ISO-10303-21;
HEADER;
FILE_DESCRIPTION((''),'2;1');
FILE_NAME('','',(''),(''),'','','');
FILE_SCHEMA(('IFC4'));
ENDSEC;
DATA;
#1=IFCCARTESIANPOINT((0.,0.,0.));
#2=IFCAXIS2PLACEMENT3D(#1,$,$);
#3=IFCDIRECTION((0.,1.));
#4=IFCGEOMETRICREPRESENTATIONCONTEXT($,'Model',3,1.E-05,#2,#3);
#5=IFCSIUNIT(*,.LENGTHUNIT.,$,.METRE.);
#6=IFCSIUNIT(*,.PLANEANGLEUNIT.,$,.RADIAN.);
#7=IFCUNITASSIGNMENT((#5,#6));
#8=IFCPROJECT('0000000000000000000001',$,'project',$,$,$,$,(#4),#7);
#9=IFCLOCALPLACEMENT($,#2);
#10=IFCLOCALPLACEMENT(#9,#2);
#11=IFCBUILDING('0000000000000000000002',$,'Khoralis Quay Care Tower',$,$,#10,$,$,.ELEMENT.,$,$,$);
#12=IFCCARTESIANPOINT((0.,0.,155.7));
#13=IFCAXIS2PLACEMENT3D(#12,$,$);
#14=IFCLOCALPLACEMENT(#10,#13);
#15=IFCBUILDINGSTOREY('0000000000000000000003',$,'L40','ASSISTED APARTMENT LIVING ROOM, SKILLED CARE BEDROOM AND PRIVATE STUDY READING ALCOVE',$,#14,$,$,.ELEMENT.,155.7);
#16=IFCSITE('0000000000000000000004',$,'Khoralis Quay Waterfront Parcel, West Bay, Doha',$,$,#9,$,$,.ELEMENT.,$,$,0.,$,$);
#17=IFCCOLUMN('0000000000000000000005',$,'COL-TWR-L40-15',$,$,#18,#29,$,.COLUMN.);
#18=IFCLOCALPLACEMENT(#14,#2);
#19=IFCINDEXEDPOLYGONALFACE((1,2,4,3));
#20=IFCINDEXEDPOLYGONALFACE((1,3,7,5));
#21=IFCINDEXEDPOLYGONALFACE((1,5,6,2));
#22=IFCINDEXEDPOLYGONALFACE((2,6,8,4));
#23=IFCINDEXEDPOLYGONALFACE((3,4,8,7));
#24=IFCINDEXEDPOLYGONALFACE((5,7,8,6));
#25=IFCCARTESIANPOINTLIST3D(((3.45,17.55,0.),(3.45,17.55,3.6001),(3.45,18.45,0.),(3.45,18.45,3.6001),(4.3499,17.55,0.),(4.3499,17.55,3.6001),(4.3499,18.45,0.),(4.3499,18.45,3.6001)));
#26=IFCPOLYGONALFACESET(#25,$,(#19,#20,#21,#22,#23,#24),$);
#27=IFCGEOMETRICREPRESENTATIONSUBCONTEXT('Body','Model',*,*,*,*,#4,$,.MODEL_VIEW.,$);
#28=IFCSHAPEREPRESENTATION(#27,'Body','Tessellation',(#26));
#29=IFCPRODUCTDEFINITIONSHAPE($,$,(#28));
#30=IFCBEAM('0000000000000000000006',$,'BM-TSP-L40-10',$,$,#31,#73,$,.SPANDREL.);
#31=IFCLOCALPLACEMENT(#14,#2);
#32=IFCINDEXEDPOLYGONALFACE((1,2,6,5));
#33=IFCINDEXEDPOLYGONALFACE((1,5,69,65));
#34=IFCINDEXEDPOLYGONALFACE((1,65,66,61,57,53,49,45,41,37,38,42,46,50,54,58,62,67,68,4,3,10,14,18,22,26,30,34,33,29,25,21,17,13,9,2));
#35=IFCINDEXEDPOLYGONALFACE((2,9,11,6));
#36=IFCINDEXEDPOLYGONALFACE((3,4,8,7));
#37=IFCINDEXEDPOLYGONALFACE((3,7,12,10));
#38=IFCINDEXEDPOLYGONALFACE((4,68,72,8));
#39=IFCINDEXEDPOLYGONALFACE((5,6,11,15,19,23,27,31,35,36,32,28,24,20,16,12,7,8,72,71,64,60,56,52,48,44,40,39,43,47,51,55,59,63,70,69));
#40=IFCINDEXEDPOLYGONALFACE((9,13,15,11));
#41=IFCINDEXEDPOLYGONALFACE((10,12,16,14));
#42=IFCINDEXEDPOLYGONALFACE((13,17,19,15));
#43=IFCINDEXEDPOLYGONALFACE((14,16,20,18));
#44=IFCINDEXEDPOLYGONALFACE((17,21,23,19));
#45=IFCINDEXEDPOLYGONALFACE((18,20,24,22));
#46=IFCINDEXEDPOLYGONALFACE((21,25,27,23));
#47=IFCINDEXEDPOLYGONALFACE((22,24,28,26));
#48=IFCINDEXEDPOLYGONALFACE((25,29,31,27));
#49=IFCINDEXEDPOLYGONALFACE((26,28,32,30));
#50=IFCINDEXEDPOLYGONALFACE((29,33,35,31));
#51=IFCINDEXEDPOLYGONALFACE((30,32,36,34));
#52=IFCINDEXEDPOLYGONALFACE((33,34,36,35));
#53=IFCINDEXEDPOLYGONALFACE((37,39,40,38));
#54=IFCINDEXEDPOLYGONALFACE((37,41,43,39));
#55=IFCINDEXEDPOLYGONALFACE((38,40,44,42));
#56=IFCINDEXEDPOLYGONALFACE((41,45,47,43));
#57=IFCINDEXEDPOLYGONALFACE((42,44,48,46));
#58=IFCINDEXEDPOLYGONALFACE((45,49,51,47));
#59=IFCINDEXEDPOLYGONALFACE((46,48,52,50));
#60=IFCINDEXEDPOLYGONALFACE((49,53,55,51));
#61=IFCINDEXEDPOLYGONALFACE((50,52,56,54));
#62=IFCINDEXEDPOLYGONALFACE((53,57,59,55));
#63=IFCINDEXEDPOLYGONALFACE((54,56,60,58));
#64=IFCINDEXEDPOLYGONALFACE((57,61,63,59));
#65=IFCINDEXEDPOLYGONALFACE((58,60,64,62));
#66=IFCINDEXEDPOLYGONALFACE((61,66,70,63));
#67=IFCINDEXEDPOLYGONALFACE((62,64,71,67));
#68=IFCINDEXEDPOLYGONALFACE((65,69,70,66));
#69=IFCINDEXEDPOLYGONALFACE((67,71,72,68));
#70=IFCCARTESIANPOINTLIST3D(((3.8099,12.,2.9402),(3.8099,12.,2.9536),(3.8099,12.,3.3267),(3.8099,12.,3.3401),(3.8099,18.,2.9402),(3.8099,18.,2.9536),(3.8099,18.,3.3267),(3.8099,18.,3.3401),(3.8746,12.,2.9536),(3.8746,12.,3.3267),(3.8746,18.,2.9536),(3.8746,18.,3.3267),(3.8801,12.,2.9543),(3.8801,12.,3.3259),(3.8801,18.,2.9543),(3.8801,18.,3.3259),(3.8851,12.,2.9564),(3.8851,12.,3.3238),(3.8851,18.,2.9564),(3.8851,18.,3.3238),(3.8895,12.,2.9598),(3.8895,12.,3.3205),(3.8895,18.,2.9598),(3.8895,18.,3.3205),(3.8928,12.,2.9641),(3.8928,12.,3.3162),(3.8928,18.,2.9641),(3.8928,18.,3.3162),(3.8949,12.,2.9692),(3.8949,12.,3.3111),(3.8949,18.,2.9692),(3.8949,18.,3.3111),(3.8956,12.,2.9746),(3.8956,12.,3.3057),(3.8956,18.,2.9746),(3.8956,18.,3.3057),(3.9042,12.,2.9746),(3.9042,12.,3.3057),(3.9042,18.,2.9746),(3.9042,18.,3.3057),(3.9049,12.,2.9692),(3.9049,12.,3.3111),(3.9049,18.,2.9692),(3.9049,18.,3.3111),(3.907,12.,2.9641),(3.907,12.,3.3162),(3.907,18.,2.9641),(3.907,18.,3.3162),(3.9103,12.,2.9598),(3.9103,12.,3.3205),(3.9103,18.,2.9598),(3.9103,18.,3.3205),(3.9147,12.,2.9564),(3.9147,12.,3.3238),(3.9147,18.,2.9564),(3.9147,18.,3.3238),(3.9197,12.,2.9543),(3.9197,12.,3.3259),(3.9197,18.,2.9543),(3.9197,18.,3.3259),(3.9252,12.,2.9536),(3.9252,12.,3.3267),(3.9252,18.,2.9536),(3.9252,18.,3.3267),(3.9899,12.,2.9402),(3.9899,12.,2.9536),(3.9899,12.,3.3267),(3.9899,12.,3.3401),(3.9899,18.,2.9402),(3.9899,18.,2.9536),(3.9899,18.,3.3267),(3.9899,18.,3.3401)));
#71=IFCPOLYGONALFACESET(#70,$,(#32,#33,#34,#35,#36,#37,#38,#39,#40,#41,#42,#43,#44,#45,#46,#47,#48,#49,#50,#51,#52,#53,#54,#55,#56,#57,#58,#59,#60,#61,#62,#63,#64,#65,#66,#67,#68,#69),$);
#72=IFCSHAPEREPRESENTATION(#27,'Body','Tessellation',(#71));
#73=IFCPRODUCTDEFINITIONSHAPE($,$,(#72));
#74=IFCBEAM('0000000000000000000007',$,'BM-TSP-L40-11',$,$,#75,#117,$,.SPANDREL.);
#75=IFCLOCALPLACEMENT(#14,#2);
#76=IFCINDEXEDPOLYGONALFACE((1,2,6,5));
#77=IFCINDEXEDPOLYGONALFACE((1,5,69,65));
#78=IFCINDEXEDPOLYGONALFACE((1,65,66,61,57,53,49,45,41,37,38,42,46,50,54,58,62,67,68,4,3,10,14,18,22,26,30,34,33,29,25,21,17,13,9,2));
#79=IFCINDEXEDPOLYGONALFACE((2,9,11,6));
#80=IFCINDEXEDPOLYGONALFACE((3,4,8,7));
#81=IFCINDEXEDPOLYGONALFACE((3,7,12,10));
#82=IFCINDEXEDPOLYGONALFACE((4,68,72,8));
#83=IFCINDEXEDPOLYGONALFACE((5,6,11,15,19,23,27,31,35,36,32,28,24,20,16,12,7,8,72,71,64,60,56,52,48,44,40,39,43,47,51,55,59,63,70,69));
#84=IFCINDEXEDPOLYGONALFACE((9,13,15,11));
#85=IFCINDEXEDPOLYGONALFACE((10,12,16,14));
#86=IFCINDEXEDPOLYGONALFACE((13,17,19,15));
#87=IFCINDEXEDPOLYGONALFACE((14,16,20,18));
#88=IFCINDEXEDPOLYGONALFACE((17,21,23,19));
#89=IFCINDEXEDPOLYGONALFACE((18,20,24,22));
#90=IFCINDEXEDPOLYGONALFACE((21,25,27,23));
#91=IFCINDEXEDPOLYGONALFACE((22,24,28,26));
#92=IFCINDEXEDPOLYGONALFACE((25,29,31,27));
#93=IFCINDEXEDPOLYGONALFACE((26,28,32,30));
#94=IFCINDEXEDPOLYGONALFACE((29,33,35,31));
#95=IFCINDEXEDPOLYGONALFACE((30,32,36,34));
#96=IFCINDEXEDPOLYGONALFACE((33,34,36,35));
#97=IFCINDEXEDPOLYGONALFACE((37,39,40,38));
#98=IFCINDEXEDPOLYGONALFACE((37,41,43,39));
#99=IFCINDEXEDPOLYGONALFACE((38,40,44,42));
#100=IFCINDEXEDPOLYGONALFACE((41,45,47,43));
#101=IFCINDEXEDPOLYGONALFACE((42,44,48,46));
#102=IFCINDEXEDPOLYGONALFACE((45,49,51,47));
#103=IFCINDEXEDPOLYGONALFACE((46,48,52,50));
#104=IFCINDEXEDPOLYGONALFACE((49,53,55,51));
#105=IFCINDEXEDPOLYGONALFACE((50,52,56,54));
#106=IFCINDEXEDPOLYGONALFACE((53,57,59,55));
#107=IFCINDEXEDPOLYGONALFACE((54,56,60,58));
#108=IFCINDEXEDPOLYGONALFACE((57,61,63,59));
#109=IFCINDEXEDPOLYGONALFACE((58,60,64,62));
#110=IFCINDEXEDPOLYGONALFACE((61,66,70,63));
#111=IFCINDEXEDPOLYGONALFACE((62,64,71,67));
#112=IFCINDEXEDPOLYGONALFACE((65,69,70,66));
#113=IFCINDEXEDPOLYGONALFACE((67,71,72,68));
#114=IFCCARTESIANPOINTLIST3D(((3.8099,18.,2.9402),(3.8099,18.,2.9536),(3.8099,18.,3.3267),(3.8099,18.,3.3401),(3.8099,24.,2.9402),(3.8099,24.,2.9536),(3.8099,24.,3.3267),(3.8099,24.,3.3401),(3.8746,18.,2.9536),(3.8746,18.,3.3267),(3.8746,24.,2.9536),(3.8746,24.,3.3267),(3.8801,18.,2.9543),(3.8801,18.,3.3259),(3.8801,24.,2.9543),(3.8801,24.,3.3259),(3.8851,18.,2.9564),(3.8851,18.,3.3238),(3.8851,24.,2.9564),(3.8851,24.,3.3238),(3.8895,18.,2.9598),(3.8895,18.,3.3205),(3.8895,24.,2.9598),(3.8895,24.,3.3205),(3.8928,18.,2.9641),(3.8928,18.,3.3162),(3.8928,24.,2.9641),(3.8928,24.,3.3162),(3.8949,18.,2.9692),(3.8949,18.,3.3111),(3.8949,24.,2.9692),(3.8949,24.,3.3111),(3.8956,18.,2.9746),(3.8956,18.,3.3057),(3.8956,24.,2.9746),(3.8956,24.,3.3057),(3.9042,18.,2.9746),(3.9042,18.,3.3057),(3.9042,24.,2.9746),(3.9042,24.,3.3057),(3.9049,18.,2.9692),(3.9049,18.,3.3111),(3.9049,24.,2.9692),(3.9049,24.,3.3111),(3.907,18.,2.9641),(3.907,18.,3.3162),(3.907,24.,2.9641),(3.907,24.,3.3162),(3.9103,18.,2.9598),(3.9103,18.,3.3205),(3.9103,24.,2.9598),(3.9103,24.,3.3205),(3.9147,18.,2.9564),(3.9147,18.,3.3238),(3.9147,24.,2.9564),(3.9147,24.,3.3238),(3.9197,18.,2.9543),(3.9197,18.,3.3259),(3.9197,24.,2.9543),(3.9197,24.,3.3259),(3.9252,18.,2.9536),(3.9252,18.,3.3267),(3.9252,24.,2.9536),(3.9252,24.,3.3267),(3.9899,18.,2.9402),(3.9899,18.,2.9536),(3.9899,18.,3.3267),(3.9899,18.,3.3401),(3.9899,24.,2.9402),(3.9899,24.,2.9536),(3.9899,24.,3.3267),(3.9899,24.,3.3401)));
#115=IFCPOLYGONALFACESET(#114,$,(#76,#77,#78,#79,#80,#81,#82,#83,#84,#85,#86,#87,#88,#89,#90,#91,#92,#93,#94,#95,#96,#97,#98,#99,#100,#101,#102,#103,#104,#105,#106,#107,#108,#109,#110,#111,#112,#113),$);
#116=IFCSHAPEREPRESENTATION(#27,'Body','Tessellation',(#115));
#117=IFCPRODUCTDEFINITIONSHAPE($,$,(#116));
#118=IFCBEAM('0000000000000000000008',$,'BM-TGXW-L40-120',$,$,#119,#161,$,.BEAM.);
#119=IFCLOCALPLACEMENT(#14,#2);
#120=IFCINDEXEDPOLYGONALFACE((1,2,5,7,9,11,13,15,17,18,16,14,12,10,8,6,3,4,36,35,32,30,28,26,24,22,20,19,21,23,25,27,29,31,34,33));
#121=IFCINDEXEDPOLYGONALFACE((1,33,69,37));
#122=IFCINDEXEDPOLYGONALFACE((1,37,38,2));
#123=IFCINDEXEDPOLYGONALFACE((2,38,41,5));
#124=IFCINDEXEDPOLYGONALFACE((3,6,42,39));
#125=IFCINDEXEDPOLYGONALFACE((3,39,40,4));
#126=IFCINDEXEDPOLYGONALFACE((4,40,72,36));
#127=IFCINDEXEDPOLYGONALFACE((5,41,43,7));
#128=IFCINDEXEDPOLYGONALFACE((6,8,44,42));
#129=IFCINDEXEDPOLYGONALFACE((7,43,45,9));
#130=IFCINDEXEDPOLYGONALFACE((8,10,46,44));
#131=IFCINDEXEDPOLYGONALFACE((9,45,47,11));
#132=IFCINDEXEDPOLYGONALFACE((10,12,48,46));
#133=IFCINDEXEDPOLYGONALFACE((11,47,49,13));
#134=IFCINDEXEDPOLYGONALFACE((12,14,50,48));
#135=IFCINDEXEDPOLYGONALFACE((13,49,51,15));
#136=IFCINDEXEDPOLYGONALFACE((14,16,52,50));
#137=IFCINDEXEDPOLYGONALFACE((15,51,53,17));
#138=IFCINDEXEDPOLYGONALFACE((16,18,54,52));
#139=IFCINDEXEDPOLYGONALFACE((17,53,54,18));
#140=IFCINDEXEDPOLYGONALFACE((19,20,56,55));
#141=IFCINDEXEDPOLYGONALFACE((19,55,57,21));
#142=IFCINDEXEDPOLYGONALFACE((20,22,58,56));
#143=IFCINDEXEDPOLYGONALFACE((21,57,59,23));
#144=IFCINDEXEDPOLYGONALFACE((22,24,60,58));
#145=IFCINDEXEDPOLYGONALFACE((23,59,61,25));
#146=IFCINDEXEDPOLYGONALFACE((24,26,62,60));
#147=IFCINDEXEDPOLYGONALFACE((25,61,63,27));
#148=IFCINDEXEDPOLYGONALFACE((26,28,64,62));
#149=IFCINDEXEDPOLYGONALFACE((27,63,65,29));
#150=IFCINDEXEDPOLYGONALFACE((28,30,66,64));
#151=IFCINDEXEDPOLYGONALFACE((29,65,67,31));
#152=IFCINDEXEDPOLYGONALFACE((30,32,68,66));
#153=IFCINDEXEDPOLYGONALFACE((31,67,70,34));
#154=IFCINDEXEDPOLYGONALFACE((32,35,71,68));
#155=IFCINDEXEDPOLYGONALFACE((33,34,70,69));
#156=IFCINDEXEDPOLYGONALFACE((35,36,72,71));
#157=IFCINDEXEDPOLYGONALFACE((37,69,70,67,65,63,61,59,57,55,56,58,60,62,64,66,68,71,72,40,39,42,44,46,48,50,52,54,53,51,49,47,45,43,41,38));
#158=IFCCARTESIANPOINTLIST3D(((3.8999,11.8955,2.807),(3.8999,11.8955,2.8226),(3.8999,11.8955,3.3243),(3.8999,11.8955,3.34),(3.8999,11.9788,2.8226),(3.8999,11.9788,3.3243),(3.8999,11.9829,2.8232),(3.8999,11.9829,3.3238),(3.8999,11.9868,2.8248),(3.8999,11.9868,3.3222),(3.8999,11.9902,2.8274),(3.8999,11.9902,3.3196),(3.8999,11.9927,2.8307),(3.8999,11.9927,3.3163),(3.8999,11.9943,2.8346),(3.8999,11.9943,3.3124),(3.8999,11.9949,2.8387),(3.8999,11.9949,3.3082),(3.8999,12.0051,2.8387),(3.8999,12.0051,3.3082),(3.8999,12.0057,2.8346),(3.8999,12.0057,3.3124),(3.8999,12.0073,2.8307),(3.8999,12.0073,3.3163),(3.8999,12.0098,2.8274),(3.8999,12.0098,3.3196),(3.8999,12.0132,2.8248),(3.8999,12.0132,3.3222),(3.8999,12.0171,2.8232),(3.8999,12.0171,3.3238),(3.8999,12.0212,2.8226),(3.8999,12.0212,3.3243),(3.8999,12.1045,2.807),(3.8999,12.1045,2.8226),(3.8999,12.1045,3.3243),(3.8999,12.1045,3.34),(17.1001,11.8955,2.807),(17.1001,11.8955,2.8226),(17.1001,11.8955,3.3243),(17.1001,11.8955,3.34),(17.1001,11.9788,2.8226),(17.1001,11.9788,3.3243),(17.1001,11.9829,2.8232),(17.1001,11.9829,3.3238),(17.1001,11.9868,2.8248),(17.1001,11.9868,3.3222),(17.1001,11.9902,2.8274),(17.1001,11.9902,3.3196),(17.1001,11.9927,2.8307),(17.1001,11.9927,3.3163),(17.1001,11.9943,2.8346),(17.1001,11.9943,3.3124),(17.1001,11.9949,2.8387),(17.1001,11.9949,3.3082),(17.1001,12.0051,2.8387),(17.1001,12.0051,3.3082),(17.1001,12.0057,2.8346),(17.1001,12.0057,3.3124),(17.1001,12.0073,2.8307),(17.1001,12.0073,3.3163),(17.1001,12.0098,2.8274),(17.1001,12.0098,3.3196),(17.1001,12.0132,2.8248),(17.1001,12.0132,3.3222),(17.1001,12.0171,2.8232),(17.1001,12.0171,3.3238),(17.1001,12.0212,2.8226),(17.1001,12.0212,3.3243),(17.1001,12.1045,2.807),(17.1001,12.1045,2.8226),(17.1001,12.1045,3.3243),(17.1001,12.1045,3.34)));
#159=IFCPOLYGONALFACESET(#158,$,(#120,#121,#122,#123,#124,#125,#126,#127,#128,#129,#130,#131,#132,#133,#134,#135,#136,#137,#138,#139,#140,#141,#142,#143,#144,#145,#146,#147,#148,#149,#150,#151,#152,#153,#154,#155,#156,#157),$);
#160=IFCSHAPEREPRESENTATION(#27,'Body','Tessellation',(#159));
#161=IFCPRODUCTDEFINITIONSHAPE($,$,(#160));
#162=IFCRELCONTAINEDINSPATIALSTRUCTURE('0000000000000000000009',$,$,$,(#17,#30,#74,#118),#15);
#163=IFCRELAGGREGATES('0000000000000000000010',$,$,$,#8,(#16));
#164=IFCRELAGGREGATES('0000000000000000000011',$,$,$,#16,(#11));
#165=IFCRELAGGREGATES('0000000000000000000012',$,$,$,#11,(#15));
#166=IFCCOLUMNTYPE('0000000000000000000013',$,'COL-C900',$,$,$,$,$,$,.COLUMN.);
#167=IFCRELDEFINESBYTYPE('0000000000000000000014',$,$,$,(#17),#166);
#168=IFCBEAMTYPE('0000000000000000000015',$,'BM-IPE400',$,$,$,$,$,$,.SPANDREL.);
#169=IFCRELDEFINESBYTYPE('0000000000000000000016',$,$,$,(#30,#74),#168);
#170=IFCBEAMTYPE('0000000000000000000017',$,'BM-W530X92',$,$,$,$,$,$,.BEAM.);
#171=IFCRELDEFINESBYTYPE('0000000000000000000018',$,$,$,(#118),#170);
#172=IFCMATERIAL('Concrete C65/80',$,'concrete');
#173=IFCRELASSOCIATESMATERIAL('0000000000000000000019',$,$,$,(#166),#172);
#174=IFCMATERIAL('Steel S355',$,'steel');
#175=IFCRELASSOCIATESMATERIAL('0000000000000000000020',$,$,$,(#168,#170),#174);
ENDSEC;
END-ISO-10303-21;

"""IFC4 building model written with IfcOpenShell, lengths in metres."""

from ifc_helpers import new_model, si_unit, direction, frame, origin, origin_2d, place, context, subcontext, project, spatial, rectangle, i_section, extrude, source, transform, mapped, material, material_profile, profile_set, type_object, element, save


model = new_model("IFC4")

# Units and contexts
model_context = context("Model", 3, precision=1e-05, world=origin(), true_north=direction((0.0, 1.0)))
body_context = subcontext(model_context, "Body", "Model", "MODEL_VIEW")
ifc_project = project(units=[si_unit("LENGTHUNIT", "METRE"), si_unit("PLANEANGLEUNIT", "RADIAN")], contexts=[model_context])

# Site, building, storey
site_placement = place(None, origin())
site = spatial("IfcSite", under=ifc_project, at=site_placement, Name="Khoralis Quay Waterfront Parcel, West Bay, Doha", CompositionType="ELEMENT", RefElevation=0.0)
building_placement = place(site_placement, origin())
building = spatial("IfcBuilding", under=site, at=building_placement, Name="Khoralis Quay Care Tower", CompositionType="ELEMENT")
storey_placement = place(building_placement, frame((0.0, 0.0, 155.7)))
storey = spatial("IfcBuildingStorey", under=building, at=storey_placement, Name="L40", Description="ASSISTED APARTMENT LIVING ROOM, SKILLED CARE BEDROOM AND PRIVATE STUDY READING ALCOVE", CompositionType="ELEMENT", Elevation=155.7)

# Column
ifc_material_1 = material(Name="Concrete C65/80", Category="concrete")
ifc_material_profile_1 = material_profile(ifc_material_1, rectangle(XDim=0.8999, YDim=0.8999, at=origin_2d()), Name="Concrete C65/80")
ifc_profile_set_1 = profile_set([ifc_material_profile_1], Name="Concrete C65/80")
column_type = type_object("IfcColumnType", Name="COL-C900", PredefinedType="COLUMN", material=ifc_profile_set_1)
shared_shape_1 = source(origin(), body_context, "Body", "SweptSolid", [
    extrude(rectangle(XDim=0.8999, YDim=0.8999, at=origin_2d()), origin(), (0.0, 0.0, 1.0), 3.6001),
])
column_placement = place(storey_placement, frame((3.8999, 18.0, 0.0), z_axis=(0.0, 0.0, 1.0), x_axis=(1.0, 0.0, 0.0)))
element("IfcColumn", 1, at=column_placement, inside=storey, type_object=column_type, Name="COL-TWR-L40-15", PredefinedType="COLUMN", context=body_context, shape_type="MappedRepresentation", body=[
    mapped(shared_shape_1, transform((0.0, 0.0, 0.0), scale=1.0)),
])

# Beams
ifc_material_2 = material(Name="Steel S355", Category="steel")
ifc_material_profile_2 = material_profile(ifc_material_2, i_section(OverallWidth=0.1799, OverallDepth=0.3999, WebThickness=0.0085, FlangeThickness=0.0134, FilletRadius=0.021, at=origin_2d()), Name="Steel S355")
ifc_profile_set_2 = profile_set([ifc_material_profile_2], Name="Steel S355")
beam_type_1 = type_object("IfcBeamType", Name="BM-IPE400", PredefinedType="SPANDREL", material=ifc_profile_set_2)
shared_shape_2 = source(origin(), body_context, "Body", "SweptSolid", [
    extrude(i_section(OverallWidth=0.1799, OverallDepth=0.3999, WebThickness=0.0085, FlangeThickness=0.0134, FilletRadius=0.021, at=origin_2d()), origin(), (0.0, 0.0, 1.0), 6.0),
])
for number, where, z_axis, x_axis, name in (
    (2, (3.8999, 12.0, 3.1401), (0.0, 1.0, 0.0), (-1.0, 0.0, 0.0), "BM-TSP-L40-10"),
    (3, (3.8999, 18.0, 3.1401), (0.0, 1.0, 0.0), (-1.0, 0.0, 0.0), "BM-TSP-L40-11"),
):
    element("IfcBeam", number, at=place(storey_placement, frame(where, z_axis=z_axis, x_axis=x_axis)), inside=storey, type_object=beam_type_1, Name=name, PredefinedType="SPANDREL", context=body_context, shape_type="MappedRepresentation", body=[
        mapped(shared_shape_2, transform((0.0, 0.0, 0.0), scale=1.0)),
    ])
ifc_material_profile_3 = material_profile(ifc_material_2, i_section(OverallWidth=0.209, OverallDepth=0.533, WebThickness=0.0103, FlangeThickness=0.0156, FilletRadius=0.0161, at=origin_2d()), Name="Steel S355")
ifc_profile_set_3 = profile_set([ifc_material_profile_3], Name="Steel S355")
beam_type_2 = type_object("IfcBeamType", Name="BM-W530X92", PredefinedType="BEAM", material=ifc_profile_set_3)
shared_shape_3 = source(origin(), body_context, "Body", "SweptSolid", [
    extrude(i_section(OverallWidth=0.209, OverallDepth=0.533, WebThickness=0.0103, FlangeThickness=0.0156, FilletRadius=0.0161, at=origin_2d()), origin(), (0.0, 0.0, 1.0), 13.2002),
])
beam_1_placement = place(storey_placement, frame((3.8999, 12.0, 3.0735), z_axis=(1.0, 0.0, 0.0), x_axis=(0.0, 1.0, 0.0)))
element("IfcBeam", 4, at=beam_1_placement, inside=storey, type_object=beam_type_2, Name="BM-TGXW-L40-120", PredefinedType="BEAM", context=body_context, shape_type="MappedRepresentation", body=[
    mapped(shared_shape_3, transform((0.0, 0.0, 0.0), scale=1.0)),
])

save(model, "model.ifc")
